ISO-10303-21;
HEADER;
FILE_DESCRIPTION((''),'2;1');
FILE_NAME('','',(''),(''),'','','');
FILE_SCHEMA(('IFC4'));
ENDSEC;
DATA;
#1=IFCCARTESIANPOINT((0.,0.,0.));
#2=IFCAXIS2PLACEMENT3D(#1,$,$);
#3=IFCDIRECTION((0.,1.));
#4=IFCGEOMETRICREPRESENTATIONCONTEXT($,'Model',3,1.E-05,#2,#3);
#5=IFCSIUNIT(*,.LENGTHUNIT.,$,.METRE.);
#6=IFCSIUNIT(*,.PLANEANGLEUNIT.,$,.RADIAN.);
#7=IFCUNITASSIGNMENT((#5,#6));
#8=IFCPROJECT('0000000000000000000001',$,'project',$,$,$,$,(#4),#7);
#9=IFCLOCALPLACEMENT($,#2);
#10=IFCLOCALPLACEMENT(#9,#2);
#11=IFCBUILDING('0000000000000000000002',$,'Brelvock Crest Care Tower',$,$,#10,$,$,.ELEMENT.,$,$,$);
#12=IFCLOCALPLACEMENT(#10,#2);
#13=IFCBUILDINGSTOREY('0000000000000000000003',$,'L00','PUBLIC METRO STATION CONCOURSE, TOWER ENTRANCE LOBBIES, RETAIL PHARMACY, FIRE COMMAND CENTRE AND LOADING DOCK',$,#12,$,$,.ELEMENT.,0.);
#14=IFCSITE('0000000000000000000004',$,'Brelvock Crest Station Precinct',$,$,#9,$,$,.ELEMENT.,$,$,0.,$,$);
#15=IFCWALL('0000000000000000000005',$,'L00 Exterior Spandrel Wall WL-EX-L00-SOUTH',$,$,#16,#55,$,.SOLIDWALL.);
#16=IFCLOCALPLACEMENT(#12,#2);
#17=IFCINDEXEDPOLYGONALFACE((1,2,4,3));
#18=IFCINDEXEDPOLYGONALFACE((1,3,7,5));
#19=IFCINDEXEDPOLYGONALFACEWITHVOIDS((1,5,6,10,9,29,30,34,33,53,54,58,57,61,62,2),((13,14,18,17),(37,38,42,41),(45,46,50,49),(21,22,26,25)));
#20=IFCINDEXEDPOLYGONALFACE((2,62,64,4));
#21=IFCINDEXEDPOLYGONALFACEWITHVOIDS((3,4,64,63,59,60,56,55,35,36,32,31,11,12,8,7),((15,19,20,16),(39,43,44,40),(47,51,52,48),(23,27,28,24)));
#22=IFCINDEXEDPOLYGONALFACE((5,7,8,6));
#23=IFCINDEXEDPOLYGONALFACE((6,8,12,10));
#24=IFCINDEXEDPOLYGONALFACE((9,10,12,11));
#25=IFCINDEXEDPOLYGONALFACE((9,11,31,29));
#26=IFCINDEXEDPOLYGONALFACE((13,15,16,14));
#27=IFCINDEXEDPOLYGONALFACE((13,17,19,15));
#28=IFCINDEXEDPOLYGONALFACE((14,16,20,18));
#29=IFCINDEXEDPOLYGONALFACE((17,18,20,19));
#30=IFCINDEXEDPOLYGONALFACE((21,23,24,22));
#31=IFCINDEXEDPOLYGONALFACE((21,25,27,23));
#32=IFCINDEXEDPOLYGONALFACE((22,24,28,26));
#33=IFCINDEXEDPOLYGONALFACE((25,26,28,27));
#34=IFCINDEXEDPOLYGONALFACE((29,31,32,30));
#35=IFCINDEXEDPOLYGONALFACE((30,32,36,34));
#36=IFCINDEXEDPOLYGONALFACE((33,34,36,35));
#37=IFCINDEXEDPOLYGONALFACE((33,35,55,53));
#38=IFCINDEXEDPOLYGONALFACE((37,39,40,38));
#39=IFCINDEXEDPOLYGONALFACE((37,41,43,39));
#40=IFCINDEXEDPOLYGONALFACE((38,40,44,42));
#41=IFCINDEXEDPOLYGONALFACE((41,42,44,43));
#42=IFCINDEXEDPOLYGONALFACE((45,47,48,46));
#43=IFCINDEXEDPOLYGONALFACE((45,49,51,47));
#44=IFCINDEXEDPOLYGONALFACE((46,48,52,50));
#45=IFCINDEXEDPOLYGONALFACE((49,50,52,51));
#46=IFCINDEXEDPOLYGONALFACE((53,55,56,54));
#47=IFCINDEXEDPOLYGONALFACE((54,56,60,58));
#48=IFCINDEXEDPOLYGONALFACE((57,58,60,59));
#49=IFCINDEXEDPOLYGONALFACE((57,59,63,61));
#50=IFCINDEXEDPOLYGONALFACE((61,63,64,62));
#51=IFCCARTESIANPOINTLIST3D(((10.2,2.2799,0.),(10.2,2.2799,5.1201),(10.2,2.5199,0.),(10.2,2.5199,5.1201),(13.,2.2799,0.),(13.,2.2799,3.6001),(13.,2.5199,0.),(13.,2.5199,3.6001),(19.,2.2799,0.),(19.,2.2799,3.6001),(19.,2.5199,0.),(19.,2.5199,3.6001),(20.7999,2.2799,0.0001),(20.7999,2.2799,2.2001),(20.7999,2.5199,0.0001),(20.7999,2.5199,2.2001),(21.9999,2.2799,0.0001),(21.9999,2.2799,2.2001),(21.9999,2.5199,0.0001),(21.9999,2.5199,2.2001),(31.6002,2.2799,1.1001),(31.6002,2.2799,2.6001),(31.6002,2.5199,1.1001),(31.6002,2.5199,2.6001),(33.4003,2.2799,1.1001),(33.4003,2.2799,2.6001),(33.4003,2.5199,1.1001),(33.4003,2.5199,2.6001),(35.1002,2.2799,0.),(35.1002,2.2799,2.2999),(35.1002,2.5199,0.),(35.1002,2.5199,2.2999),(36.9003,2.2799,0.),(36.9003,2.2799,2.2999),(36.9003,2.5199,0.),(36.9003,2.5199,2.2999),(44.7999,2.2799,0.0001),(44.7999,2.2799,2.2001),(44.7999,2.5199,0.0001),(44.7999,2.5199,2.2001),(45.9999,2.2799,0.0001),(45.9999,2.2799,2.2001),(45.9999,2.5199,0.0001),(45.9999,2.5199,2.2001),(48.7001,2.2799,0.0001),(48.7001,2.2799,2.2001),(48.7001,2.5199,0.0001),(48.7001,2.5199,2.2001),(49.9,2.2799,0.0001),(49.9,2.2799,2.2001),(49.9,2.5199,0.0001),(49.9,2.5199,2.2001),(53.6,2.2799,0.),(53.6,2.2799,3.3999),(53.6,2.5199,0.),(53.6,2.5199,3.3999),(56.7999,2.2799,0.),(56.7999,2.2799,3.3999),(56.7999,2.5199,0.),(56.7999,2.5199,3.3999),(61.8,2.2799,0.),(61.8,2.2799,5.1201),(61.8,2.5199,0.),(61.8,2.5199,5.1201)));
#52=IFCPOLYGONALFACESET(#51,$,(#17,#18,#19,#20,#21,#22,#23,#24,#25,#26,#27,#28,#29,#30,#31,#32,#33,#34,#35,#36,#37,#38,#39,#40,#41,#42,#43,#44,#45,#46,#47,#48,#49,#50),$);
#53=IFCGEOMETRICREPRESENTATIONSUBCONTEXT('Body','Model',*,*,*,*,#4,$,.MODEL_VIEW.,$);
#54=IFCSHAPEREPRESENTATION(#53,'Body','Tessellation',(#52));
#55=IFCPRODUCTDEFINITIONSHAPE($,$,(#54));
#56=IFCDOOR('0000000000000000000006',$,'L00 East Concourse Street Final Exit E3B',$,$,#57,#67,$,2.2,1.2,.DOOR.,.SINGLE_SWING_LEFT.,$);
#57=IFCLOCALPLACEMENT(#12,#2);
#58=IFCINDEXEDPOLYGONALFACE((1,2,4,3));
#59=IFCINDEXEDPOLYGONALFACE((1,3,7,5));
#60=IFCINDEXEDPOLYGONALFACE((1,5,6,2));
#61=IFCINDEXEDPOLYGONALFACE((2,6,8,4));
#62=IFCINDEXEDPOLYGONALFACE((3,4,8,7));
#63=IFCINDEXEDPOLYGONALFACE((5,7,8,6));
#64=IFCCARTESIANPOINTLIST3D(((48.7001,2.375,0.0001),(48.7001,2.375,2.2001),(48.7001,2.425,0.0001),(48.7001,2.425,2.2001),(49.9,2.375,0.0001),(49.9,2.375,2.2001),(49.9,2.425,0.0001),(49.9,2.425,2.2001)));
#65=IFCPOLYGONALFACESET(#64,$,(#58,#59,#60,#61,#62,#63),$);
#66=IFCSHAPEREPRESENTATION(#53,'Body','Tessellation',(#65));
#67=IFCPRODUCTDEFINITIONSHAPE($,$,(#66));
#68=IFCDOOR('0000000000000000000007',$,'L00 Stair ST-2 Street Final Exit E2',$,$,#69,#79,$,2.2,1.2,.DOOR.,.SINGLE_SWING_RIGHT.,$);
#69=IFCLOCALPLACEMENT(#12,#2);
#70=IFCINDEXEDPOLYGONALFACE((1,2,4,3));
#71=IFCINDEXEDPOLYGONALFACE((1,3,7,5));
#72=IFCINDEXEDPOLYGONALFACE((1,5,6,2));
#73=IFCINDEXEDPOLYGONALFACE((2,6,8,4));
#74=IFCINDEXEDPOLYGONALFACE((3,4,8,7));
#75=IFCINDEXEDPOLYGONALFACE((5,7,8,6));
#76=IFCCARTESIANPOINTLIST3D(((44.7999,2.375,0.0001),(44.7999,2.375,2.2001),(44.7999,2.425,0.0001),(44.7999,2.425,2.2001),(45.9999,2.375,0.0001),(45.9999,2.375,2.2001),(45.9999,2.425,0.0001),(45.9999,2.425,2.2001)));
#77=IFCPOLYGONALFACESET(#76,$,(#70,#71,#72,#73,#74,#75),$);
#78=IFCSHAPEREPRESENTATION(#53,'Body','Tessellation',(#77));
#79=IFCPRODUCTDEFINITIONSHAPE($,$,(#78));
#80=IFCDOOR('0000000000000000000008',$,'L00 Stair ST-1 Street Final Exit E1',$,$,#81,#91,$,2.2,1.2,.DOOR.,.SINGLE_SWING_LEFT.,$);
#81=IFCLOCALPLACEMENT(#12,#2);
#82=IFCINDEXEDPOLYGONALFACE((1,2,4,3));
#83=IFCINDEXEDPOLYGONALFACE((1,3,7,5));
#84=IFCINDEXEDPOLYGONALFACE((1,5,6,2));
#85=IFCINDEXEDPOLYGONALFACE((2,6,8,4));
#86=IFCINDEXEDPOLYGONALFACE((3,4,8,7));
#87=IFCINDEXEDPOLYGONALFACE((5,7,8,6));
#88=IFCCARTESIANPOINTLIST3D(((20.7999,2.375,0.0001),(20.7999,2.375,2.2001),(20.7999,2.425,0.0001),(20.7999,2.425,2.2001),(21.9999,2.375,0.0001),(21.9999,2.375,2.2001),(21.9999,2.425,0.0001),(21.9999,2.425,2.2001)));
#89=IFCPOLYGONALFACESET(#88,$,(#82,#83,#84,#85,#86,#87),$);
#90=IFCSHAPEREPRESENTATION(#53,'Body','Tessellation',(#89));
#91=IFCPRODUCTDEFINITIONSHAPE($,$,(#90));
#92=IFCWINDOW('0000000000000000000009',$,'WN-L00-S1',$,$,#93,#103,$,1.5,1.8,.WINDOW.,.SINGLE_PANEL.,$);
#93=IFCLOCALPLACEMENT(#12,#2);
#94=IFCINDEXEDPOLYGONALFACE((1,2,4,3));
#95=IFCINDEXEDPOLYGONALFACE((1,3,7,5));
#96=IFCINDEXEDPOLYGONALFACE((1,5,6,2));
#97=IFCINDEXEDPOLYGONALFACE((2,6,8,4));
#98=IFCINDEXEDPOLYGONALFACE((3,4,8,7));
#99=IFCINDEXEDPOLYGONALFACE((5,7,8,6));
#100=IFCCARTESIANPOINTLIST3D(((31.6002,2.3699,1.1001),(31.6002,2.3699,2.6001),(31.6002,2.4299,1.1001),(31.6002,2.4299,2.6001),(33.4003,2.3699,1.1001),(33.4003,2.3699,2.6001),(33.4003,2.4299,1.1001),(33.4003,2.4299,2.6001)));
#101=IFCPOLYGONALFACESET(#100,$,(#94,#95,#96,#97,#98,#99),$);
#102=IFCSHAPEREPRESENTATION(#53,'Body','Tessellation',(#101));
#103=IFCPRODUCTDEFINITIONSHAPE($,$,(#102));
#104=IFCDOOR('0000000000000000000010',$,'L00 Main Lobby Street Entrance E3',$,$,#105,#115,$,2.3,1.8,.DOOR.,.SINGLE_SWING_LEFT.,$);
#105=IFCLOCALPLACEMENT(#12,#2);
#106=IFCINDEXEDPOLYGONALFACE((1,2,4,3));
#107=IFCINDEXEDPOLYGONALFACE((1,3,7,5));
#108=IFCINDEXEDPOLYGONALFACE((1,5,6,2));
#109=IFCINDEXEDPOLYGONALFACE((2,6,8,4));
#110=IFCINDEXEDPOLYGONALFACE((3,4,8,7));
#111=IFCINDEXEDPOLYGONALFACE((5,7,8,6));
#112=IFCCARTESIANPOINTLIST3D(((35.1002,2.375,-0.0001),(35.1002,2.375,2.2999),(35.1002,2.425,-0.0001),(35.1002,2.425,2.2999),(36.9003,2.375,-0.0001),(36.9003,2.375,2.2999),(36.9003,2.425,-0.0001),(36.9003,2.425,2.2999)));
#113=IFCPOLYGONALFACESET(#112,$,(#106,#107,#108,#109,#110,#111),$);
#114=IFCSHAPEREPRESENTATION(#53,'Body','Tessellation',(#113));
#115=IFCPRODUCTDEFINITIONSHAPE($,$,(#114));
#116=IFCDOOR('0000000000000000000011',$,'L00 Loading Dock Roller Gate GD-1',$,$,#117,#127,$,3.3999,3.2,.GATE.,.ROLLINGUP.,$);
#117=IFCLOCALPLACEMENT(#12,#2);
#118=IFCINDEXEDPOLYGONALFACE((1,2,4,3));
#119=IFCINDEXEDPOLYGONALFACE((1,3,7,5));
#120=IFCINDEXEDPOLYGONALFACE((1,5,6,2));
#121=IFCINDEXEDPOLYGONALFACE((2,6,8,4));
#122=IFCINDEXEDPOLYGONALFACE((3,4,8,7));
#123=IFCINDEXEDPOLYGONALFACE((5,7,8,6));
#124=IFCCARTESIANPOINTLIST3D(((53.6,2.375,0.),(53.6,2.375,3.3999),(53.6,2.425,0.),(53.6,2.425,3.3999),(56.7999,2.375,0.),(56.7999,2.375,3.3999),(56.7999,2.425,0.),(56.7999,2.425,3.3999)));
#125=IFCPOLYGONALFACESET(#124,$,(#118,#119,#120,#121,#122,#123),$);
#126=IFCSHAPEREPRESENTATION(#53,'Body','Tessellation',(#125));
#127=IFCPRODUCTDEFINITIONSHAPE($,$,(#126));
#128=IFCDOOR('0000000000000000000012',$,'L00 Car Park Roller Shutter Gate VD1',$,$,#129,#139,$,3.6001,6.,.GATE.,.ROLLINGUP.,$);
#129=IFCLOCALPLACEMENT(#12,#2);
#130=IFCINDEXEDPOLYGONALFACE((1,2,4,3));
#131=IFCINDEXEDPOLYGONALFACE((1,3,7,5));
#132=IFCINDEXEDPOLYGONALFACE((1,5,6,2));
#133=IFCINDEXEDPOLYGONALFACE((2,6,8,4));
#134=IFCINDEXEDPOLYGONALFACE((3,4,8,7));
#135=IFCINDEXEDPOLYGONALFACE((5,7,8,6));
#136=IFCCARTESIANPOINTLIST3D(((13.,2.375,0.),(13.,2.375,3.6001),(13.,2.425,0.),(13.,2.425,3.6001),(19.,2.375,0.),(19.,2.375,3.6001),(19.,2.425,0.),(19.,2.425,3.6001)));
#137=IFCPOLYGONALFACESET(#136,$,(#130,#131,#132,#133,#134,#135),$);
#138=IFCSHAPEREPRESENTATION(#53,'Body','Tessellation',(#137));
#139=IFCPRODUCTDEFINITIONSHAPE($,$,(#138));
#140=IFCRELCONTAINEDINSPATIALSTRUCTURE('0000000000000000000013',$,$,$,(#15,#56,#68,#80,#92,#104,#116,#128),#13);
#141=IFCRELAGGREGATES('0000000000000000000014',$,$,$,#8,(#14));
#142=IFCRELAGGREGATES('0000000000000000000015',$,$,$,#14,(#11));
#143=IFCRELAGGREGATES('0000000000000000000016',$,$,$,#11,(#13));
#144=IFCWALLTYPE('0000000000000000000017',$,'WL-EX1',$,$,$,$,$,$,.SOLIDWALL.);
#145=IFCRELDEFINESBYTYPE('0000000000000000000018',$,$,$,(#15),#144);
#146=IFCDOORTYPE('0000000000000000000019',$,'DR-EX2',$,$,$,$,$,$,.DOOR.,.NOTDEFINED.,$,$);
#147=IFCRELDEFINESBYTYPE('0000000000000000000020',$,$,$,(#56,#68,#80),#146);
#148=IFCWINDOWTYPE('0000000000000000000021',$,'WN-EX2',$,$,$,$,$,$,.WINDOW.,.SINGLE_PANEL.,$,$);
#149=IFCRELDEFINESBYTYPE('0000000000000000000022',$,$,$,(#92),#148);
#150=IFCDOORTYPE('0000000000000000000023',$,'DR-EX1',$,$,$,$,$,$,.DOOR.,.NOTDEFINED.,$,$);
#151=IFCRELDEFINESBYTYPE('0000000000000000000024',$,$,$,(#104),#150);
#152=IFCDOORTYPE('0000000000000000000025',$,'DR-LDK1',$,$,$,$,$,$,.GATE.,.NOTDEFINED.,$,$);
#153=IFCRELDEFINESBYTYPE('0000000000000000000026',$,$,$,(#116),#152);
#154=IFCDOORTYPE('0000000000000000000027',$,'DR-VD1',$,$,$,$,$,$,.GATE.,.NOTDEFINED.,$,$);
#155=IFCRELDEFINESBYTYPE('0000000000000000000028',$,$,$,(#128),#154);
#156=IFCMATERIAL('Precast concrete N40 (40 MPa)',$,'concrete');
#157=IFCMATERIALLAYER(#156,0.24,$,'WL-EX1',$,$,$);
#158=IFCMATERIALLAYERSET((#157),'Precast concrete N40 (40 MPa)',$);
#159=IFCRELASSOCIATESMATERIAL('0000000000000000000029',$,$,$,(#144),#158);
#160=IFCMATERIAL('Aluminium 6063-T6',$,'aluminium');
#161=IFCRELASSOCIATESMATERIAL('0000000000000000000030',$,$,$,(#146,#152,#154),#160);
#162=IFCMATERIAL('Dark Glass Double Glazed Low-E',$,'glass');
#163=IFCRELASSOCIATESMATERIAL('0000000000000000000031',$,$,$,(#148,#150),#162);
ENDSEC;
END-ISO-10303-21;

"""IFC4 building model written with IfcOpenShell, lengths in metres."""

from ifc_helpers import new_model, si_unit, direction, frame, frame_2d, origin, origin_2d, place, context, subcontext, project, spatial, rectangle, extrude, source, transform, mapped, material, layer, layer_set, type_object, element, fill, save


model = new_model("IFC4")

# Units and contexts
model_context = context("Model", 3, precision=1e-05, world=origin(), true_north=direction((0.0, 1.0)))
body_context = subcontext(model_context, "Body", "Model", "MODEL_VIEW")
ifc_project = project(units=[si_unit("LENGTHUNIT", "METRE"), si_unit("PLANEANGLEUNIT", "RADIAN")], contexts=[model_context])

# Site, building, storey
site_placement = place(None, origin())
site = spatial("IfcSite", under=ifc_project, at=site_placement, Name="Brelvock Crest Station Precinct", CompositionType="ELEMENT", RefElevation=0.0)
building_placement = place(site_placement, origin())
building = spatial("IfcBuilding", under=site, at=building_placement, Name="Brelvock Crest Care Tower", CompositionType="ELEMENT")
storey_placement = place(building_placement, origin())
storey = spatial("IfcBuildingStorey", under=building, at=storey_placement, Name="L00", Description="PUBLIC METRO STATION CONCOURSE, TOWER ENTRANCE LOBBIES, RETAIL PHARMACY, FIRE COMMAND CENTRE AND LOADING DOCK", CompositionType="ELEMENT", Elevation=0.0)

# Wall, openings, doors, window
ifc_material_1 = material(Name="Precast concrete N40 (40 MPa)", Category="concrete")
ifc_layer_1 = layer(ifc_material_1, 0.24, Name="WL-EX1")
ifc_layer_set_1 = layer_set([ifc_layer_1], Name="Precast concrete N40 (40 MPa)")
wall_type_1 = type_object("IfcWallType", Name="WL-EX1", PredefinedType="SOLIDWALL", material=ifc_layer_set_1)
wall_1_placement = place(storey_placement, frame((61.8, 2.3999, 0.0), z_axis=(0.0, 0.0, 1.0), x_axis=(-1.0, 0.0, 0.0)))
wall_1 = element("IfcWall", 1, at=wall_1_placement, inside=storey, type_object=wall_type_1, Name="L00 Exterior Spandrel Wall WL-EX-L00-SOUTH", PredefinedType="SOLIDWALL", context=body_context, shape_type="SweptSolid", body=[
    extrude(rectangle(XDim=51.6001, YDim=0.24, at=frame_2d((25.8, 0.0))), origin(), (0.0, 0.0, 1.0), 5.1201),
])
opening_1_placement = place(wall_1_placement, frame((5.0, 0.0, 0.0)))
opening_1 = element("IfcOpeningElement", 2, at=opening_1_placement, cuts=wall_1, PredefinedType="OPENING", context=body_context, shape_type="SweptSolid", body=[
    extrude(rectangle(XDim=3.2, YDim=3.3999, at=origin_2d()), frame((1.6001, 0.1299, 1.7), z_axis=(0.0, -1.0, 0.0), x_axis=(1.0, 0.0, 0.0)), (0.0, 0.0, 1.0), 0.26),
])
opening_2_placement = place(wall_1_placement, frame((11.8999, 0.0, 0.0)))
opening_2 = element("IfcOpeningElement", 3, at=opening_2_placement, cuts=wall_1, PredefinedType="OPENING", context=body_context, shape_type="SweptSolid", body=[
    extrude(rectangle(XDim=1.2, YDim=2.2, at=origin_2d()), frame((0.6001, 0.1299, 1.1001), z_axis=(0.0, -1.0, 0.0), x_axis=(1.0, 0.0, 0.0)), (0.0, 0.0, 1.0), 0.26),
])
opening_3_placement = place(wall_1_placement, frame((15.8, 0.0, 0.0)))
opening_3 = element("IfcOpeningElement", 4, at=opening_3_placement, cuts=wall_1, PredefinedType="OPENING", context=body_context, shape_type="SweptSolid", body=[
    extrude(rectangle(XDim=1.2, YDim=2.2, at=origin_2d()), frame((0.6001, 0.1299, 1.1001), z_axis=(0.0, -1.0, 0.0), x_axis=(1.0, 0.0, 0.0)), (0.0, 0.0, 1.0), 0.26),
])
opening_4_placement = place(wall_1_placement, frame((24.8999, 0.0, 0.0)))
opening_4 = element("IfcOpeningElement", 5, at=opening_4_placement, cuts=wall_1, PredefinedType="OPENING", context=body_context, shape_type="SweptSolid", body=[
    extrude(rectangle(XDim=1.8, YDim=2.3, at=origin_2d()), frame((0.8999, 0.1299, 1.1499), z_axis=(0.0, -1.0, 0.0), x_axis=(1.0, 0.0, 0.0)), (0.0, 0.0, 1.0), 0.26),
])
opening_5_placement = place(wall_1_placement, frame((39.8, 0.0, 0.0)))
opening_5 = element("IfcOpeningElement", 6, at=opening_5_placement, cuts=wall_1, PredefinedType="OPENING", context=body_context, shape_type="SweptSolid", body=[
    extrude(rectangle(XDim=1.2, YDim=2.2, at=origin_2d()), frame((0.6001, 0.1299, 1.1001), z_axis=(0.0, -1.0, 0.0), x_axis=(1.0, 0.0, 0.0)), (0.0, 0.0, 1.0), 0.26),
])
opening_6_placement = place(wall_1_placement, frame((42.8, 0.0, 0.0)))
opening_6 = element("IfcOpeningElement", 7, at=opening_6_placement, cuts=wall_1, PredefinedType="OPENING", context=body_context, shape_type="SweptSolid", body=[
    extrude(rectangle(XDim=6.0, YDim=3.6001, at=origin_2d()), frame((3.0, 0.1299, 1.8), z_axis=(0.0, -1.0, 0.0), x_axis=(1.0, 0.0, 0.0)), (0.0, 0.0, 1.0), 0.26),
])
opening_7_placement = place(wall_1_placement, frame((28.3999, 0.0, 1.1001)))
opening_7 = element("IfcOpeningElement", 8, at=opening_7_placement, cuts=wall_1, PredefinedType="OPENING", context=body_context, shape_type="SweptSolid", body=[
    extrude(rectangle(XDim=1.8, YDim=1.5, at=origin_2d()), frame((0.8999, 0.1299, 0.75), z_axis=(0.0, -1.0, 0.0), x_axis=(1.0, 0.0, 0.0)), (0.0, 0.0, 1.0), 0.26),
])
ifc_material_2 = material(Name="Aluminium 6063-T6", Category="aluminium")
door_type_1 = type_object("IfcDoorType", Name="DR-EX2", OperationType="NOTDEFINED", PredefinedType="DOOR", material=ifc_material_2)
shared_shape_1 = source(origin(), body_context, "Body", "SweptSolid", [
    extrude(rectangle(XDim=1.2, YDim=2.2, at=origin_2d()), frame((0.6001, 0.0249, 1.1001), z_axis=(0.0, -1.0, 0.0), x_axis=(1.0, 0.0, 0.0)), (0.0, 0.0, 1.0), 0.05),
])
door_1_placement = place(opening_2_placement, origin())
door_1 = element("IfcDoor", 9, at=door_1_placement, inside=storey, type_object=door_type_1, Name="L00 East Concourse Street Final Exit E3B", OperationType="SINGLE_SWING_LEFT", OverallHeight=2.2, OverallWidth=1.2, PredefinedType="DOOR", context=body_context, shape_type="MappedRepresentation", body=[
    mapped(shared_shape_1, transform((0.0, 0.0, 0.0), x_axis=(1.0, 0.0, 0.0), y_axis=(0.0, 1.0, 0.0), z_axis=(0.0, 0.0, 1.0), scale=1.0)),
])
fill(opening_2, door_1)
door_2_placement = place(opening_3_placement, origin())
door_2 = element("IfcDoor", 10, at=door_2_placement, inside=storey, type_object=door_type_1, Name="L00 Stair ST-2 Street Final Exit E2", OperationType="SINGLE_SWING_RIGHT", OverallHeight=2.2, OverallWidth=1.2, PredefinedType="DOOR", context=body_context, shape_type="MappedRepresentation", body=[
    mapped(shared_shape_1, transform((0.0, 0.0, 0.0), x_axis=(1.0, 0.0, 0.0), y_axis=(0.0, 1.0, 0.0), z_axis=(0.0, 0.0, 1.0), scale=1.0)),
])
fill(opening_3, door_2)
door_3_placement = place(opening_5_placement, origin())
door_3 = element("IfcDoor", 11, at=door_3_placement, inside=storey, type_object=door_type_1, Name="L00 Stair ST-1 Street Final Exit E1", OperationType="SINGLE_SWING_LEFT", OverallHeight=2.2, OverallWidth=1.2, PredefinedType="DOOR", context=body_context, shape_type="MappedRepresentation", body=[
    mapped(shared_shape_1, transform((0.0, 0.0, 0.0), x_axis=(1.0, 0.0, 0.0), y_axis=(0.0, 1.0, 0.0), z_axis=(0.0, 0.0, 1.0), scale=1.0)),
])
fill(opening_5, door_3)
ifc_material_3 = material(Name="Dark Glass Double Glazed Low-E", Category="glass")
window_type = type_object("IfcWindowType", Name="WN-EX2", PartitioningType="SINGLE_PANEL", PredefinedType="WINDOW", material=ifc_material_3)
shared_shape_2 = source(origin(), body_context, "Body", "SweptSolid", [
    extrude(rectangle(XDim=1.8, YDim=1.5, at=origin_2d()), frame((0.8999, 0.03, 0.75), z_axis=(0.0, -1.0, 0.0), x_axis=(1.0, 0.0, 0.0)), (0.0, 0.0, 1.0), 0.0601),
])
window_placement = place(opening_7_placement, origin())
window = element("IfcWindow", 12, at=window_placement, inside=storey, type_object=window_type, Name="WN-L00-S1", OverallHeight=1.5, OverallWidth=1.8, PartitioningType="SINGLE_PANEL", PredefinedType="WINDOW", context=body_context, shape_type="MappedRepresentation", body=[
    mapped(shared_shape_2, transform((0.0, 0.0, 0.0), x_axis=(1.0, 0.0, 0.0), y_axis=(0.0, 1.0, 0.0), z_axis=(0.0, 0.0, 1.0), scale=1.0)),
])
fill(opening_7, window)
door_type_2 = type_object("IfcDoorType", Name="DR-EX1", OperationType="NOTDEFINED", PredefinedType="DOOR", material=ifc_material_3)
shared_shape_3 = source(origin(), body_context, "Body", "SweptSolid", [
    extrude(rectangle(XDim=1.8, YDim=2.3, at=origin_2d()), frame((0.8999, 0.0249, 1.1499), z_axis=(0.0, -1.0, 0.0), x_axis=(1.0, 0.0, 0.0)), (0.0, 0.0, 1.0), 0.05),
])
door_4_placement = place(opening_4_placement, origin())
door_4 = element("IfcDoor", 13, at=door_4_placement, inside=storey, type_object=door_type_2, Name="L00 Main Lobby Street Entrance E3", OperationType="SINGLE_SWING_LEFT", OverallHeight=2.3, OverallWidth=1.8, PredefinedType="DOOR", context=body_context, shape_type="MappedRepresentation", body=[
    mapped(shared_shape_3, transform((0.0, 0.0, 0.0), x_axis=(1.0, 0.0, 0.0), y_axis=(0.0, 1.0, 0.0), z_axis=(0.0, 0.0, 1.0), scale=1.0)),
])
fill(opening_4, door_4)
door_type_3 = type_object("IfcDoorType", Name="DR-LDK1", OperationType="NOTDEFINED", PredefinedType="GATE", material=ifc_material_2)
shared_shape_4 = source(origin(), body_context, "Body", "SweptSolid", [
    extrude(rectangle(XDim=3.2, YDim=3.3999, at=origin_2d()), frame((1.6001, 0.0249, 1.7), z_axis=(0.0, -1.0, 0.0), x_axis=(1.0, 0.0, 0.0)), (0.0, 0.0, 1.0), 0.05),
])
door_5_placement = place(opening_1_placement, origin())
door_5 = element("IfcDoor", 14, at=door_5_placement, inside=storey, type_object=door_type_3, Name="L00 Loading Dock Roller Gate GD-1", OperationType="ROLLINGUP", OverallHeight=3.3999, OverallWidth=3.2, PredefinedType="GATE", context=body_context, shape_type="MappedRepresentation", body=[
    mapped(shared_shape_4, transform((0.0, 0.0, 0.0), x_axis=(1.0, 0.0, 0.0), y_axis=(0.0, 1.0, 0.0), z_axis=(0.0, 0.0, 1.0), scale=1.0)),
])
fill(opening_1, door_5)
door_type_4 = type_object("IfcDoorType", Name="DR-VD1", OperationType="NOTDEFINED", PredefinedType="GATE", material=ifc_material_2)
shared_shape_5 = source(origin(), body_context, "Body", "SweptSolid", [
    extrude(rectangle(XDim=6.0, YDim=3.6001, at=origin_2d()), frame((3.0, 0.0249, 1.8), z_axis=(0.0, -1.0, 0.0), x_axis=(1.0, 0.0, 0.0)), (0.0, 0.0, 1.0), 0.05),
])
door_6_placement = place(opening_6_placement, origin())
door_6 = element("IfcDoor", 15, at=door_6_placement, inside=storey, type_object=door_type_4, Name="L00 Car Park Roller Shutter Gate VD1", OperationType="ROLLINGUP", OverallHeight=3.6001, OverallWidth=6.0, PredefinedType="GATE", context=body_context, shape_type="MappedRepresentation", body=[
    mapped(shared_shape_5, transform((0.0, 0.0, 0.0), x_axis=(1.0, 0.0, 0.0), y_axis=(0.0, 1.0, 0.0), z_axis=(0.0, 0.0, 1.0), scale=1.0)),
])
fill(opening_6, door_6)

save(model, "model.ifc")
